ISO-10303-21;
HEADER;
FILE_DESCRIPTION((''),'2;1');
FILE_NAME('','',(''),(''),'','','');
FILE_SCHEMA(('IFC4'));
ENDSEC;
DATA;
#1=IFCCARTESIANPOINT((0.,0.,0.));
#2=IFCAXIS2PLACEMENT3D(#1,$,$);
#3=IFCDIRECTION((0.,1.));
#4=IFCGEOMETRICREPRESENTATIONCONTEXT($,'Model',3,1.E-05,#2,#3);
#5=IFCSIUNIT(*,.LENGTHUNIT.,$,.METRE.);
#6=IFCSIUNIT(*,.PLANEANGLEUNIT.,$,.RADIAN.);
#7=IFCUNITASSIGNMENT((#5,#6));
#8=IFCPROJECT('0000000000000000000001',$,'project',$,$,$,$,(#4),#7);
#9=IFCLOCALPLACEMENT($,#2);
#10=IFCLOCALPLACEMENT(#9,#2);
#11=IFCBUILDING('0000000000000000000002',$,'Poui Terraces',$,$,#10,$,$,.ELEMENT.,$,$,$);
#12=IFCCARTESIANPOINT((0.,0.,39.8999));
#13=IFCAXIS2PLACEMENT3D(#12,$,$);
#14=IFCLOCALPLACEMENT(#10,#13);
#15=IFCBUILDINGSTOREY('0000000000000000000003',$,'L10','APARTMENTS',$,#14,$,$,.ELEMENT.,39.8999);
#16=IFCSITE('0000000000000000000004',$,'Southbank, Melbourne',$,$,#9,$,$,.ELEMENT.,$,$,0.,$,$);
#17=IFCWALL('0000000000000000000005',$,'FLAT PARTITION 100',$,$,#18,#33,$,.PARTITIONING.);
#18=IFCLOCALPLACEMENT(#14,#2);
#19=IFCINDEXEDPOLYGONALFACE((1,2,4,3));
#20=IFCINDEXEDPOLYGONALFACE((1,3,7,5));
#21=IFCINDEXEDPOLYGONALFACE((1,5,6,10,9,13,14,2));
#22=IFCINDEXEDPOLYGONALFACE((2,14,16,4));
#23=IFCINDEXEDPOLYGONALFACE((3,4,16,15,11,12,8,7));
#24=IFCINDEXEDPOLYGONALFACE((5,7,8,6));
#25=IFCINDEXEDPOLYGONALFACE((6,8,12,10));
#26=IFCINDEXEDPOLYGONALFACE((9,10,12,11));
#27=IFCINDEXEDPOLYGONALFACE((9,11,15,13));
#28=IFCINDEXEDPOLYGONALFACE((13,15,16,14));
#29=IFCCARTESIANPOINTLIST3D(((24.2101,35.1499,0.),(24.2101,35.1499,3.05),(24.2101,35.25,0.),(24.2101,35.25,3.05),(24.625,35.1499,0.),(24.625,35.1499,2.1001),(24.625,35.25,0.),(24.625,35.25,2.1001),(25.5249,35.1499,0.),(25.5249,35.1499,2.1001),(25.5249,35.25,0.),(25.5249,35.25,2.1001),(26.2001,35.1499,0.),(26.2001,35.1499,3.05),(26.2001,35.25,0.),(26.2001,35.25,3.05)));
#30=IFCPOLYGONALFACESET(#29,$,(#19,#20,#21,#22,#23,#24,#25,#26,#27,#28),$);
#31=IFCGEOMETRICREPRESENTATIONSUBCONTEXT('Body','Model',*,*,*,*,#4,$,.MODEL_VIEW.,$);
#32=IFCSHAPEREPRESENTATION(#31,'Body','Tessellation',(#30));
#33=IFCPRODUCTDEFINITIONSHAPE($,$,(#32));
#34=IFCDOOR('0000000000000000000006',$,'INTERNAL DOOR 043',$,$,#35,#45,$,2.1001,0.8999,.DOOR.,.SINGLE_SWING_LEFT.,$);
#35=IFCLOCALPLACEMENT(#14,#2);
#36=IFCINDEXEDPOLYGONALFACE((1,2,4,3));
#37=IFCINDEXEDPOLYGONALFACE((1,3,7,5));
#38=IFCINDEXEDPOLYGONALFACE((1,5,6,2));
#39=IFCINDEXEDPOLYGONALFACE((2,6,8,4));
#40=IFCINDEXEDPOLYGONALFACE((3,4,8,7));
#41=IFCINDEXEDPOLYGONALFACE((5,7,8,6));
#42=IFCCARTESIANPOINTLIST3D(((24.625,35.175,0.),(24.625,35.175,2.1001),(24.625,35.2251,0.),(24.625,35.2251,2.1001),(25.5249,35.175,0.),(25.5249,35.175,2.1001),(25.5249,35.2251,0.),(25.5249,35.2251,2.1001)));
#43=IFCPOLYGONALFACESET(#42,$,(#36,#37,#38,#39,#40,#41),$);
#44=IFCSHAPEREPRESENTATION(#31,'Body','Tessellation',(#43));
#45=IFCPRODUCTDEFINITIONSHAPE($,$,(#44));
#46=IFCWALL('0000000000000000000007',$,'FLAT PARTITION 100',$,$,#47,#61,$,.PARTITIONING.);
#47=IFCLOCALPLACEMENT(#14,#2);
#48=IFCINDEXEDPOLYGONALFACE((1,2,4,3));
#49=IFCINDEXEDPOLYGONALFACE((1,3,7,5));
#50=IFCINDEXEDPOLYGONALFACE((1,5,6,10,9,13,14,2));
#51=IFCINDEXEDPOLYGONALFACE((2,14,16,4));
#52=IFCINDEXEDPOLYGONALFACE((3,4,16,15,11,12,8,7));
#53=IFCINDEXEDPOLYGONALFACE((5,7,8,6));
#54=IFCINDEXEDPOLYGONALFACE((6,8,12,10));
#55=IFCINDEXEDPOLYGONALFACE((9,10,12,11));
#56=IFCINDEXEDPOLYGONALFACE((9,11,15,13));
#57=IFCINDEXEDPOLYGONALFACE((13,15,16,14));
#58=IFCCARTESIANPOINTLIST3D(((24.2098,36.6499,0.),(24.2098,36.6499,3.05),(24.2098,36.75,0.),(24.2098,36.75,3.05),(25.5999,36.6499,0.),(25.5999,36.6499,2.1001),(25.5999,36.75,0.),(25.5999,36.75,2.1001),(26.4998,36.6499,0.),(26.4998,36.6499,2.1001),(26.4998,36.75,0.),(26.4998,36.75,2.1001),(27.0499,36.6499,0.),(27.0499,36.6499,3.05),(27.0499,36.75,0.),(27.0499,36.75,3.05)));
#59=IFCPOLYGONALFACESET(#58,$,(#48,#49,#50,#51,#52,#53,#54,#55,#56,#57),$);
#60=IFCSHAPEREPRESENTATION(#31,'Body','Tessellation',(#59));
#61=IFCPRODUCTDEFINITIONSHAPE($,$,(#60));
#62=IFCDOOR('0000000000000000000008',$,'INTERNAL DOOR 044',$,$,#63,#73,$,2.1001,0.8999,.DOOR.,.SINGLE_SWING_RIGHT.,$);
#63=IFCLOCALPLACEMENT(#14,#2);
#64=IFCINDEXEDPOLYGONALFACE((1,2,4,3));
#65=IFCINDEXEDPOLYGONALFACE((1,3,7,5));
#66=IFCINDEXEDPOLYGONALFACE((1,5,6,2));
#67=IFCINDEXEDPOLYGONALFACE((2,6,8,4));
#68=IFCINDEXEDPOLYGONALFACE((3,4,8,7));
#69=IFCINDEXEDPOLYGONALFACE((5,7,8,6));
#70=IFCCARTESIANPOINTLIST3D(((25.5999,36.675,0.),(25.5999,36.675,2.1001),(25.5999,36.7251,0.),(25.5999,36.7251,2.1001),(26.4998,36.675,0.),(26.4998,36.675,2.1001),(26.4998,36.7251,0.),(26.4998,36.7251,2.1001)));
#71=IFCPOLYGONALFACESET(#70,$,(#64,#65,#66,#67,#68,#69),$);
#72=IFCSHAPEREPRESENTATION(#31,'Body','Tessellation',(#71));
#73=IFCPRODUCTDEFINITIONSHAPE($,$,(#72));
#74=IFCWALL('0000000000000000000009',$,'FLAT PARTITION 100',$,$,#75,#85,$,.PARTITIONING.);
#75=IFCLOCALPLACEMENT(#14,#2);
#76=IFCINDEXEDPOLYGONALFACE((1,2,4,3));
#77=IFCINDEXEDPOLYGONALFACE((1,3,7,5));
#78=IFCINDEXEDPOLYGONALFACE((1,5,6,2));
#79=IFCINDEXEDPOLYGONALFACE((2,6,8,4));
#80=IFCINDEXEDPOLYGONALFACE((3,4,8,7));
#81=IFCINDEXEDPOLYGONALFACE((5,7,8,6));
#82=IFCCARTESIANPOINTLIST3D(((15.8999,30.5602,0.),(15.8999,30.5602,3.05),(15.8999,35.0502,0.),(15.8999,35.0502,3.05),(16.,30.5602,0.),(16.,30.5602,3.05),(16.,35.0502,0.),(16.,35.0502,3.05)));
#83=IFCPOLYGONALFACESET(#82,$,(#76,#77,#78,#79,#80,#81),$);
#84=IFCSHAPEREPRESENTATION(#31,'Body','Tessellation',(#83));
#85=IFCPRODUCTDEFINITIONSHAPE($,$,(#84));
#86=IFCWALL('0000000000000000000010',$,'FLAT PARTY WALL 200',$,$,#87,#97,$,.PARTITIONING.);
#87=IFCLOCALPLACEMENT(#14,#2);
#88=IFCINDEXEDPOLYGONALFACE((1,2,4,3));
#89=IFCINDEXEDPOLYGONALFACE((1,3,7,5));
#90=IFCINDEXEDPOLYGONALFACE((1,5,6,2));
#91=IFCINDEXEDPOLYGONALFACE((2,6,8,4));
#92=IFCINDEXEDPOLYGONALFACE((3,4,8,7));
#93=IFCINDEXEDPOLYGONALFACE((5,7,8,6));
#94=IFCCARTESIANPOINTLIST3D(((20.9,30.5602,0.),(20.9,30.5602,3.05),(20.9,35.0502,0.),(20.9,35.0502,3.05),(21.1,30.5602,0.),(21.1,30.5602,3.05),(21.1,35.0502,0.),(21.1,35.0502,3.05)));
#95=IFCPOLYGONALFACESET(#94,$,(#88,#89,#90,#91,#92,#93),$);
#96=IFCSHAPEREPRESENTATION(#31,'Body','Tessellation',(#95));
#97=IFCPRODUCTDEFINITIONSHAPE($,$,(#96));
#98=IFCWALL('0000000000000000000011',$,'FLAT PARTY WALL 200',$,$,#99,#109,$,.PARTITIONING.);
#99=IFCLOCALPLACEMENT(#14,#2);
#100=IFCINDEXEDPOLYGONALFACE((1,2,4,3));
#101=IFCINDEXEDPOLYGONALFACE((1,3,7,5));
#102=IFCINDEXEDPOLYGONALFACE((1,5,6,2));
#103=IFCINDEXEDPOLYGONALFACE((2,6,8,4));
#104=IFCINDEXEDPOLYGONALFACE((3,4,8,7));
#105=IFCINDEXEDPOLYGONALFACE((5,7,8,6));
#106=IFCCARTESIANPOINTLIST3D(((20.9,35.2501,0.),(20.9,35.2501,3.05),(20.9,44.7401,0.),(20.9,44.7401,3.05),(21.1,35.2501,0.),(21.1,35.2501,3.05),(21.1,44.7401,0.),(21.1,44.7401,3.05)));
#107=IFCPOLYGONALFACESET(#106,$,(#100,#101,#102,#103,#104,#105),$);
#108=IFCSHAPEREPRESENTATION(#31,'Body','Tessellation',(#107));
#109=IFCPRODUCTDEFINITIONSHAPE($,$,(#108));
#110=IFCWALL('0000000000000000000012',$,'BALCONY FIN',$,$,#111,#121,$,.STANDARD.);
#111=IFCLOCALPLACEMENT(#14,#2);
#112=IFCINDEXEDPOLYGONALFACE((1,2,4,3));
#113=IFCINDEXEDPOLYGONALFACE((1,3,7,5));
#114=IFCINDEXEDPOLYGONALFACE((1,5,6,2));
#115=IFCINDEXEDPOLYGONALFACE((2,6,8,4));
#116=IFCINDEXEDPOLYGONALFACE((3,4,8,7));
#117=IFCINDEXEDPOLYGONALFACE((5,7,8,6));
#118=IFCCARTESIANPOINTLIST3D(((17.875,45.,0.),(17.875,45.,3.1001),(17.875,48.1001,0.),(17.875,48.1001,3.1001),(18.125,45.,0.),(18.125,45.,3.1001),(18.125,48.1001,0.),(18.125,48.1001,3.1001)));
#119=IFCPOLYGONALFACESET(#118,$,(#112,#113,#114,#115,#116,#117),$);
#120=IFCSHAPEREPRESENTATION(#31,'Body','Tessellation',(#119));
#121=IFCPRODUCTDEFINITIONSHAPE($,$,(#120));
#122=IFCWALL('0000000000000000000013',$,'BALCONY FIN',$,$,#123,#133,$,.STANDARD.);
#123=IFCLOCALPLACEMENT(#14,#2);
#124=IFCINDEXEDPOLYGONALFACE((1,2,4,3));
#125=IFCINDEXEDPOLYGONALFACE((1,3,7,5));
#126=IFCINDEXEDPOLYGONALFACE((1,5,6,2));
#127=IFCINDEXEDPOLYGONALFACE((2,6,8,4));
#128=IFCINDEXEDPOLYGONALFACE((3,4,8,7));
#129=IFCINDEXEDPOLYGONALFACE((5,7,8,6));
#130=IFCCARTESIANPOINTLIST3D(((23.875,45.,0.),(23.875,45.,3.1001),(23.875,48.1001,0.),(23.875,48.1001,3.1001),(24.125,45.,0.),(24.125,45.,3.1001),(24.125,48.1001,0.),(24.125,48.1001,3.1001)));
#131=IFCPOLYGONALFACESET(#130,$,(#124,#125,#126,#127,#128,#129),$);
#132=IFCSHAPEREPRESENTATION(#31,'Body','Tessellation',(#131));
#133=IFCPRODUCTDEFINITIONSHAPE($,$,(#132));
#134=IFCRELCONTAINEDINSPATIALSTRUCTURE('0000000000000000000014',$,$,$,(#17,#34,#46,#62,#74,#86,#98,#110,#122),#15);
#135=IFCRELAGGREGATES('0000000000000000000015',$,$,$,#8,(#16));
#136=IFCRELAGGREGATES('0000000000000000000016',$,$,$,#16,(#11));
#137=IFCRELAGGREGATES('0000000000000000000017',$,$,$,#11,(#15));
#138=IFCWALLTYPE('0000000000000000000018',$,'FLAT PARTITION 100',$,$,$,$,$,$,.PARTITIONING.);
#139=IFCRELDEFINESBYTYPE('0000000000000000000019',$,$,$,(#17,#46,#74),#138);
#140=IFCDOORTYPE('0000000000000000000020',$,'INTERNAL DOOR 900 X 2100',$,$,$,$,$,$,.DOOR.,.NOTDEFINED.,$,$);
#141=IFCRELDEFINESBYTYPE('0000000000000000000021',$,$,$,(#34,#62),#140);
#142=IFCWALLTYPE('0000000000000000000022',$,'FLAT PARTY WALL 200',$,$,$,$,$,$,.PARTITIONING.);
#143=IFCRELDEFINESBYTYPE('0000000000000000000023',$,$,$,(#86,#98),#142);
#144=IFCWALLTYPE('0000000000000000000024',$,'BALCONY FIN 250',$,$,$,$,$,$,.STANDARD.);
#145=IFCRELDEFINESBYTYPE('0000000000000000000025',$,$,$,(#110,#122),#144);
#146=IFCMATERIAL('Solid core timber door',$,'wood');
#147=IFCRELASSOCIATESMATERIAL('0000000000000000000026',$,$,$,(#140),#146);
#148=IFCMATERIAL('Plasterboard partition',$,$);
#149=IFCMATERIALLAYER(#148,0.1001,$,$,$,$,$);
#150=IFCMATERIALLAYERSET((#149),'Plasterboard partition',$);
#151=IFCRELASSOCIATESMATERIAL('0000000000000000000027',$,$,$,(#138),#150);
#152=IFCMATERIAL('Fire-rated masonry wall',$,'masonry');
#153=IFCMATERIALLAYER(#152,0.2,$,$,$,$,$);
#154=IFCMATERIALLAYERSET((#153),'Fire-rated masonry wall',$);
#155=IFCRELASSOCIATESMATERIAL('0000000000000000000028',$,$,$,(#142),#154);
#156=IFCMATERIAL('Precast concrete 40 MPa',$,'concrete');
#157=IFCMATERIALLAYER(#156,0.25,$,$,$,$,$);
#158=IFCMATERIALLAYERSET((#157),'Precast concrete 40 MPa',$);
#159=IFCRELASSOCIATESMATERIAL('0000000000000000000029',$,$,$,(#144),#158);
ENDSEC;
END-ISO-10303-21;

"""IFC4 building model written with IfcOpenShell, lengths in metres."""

from ifc_helpers import new_model, si_unit, direction, frame, frame_2d, origin, place, context, subcontext, project, spatial, polyline, rectangle, outline, extrude, source, transform, mapped, material, layer, layer_set, type_object, element, fill, save


model = new_model("IFC4")

# Units and contexts
model_context = context("Model", 3, precision=1e-05, world=origin(), true_north=direction((0.0, 1.0)))
body_context = subcontext(model_context, "Body", "Model", "MODEL_VIEW")
ifc_project = project(units=[si_unit("LENGTHUNIT", "METRE"), si_unit("PLANEANGLEUNIT", "RADIAN")], contexts=[model_context])

# Site, building, storey
site_placement = place(None, origin())
site = spatial("IfcSite", under=ifc_project, at=site_placement, Name="Southbank, Melbourne", CompositionType="ELEMENT", RefElevation=0.0)
building_placement = place(site_placement, origin())
building = spatial("IfcBuilding", under=site, at=building_placement, Name="Poui Terraces", CompositionType="ELEMENT")
storey_placement = place(building_placement, frame((0.0, 0.0, 39.8999)))
storey = spatial("IfcBuildingStorey", under=building, at=storey_placement, Name="L10", Description="APARTMENTS", CompositionType="ELEMENT", Elevation=39.8999)

# Walls, openings, doors
ifc_material_1 = material(Name="Solid core timber door", Category="wood")
door_type_1 = type_object("IfcDoorType", Name="INTERNAL DOOR 900 X 2100", OperationType="NOTDEFINED", PredefinedType="DOOR", material=ifc_material_1)
ifc_material_2 = material(Name="Plasterboard partition")
ifc_layer_1 = layer(ifc_material_2, 0.1001)
ifc_layer_set_1 = layer_set([ifc_layer_1], Name="Plasterboard partition")
wall_type_1 = type_object("IfcWallType", Name="FLAT PARTITION 100", PredefinedType="PARTITIONING", material=ifc_layer_set_1)
wall_1_placement = place(storey_placement, frame((24.21, 35.2, 0.0), z_axis=(0.0, 0.0, 1.0), x_axis=(1.0, 0.0, 0.0)))
wall_1 = element("IfcWall", 1, at=wall_1_placement, inside=storey, type_object=wall_type_1, Name="FLAT PARTITION 100", PredefinedType="PARTITIONING", context=body_context, shape_type="SweptSolid", body=[
    extrude(rectangle(XDim=1.99, YDim=0.1001, at=frame_2d((0.9951, 0.0))), origin(), (0.0, 0.0, 1.0), 3.05),
])
opening_1_placement = place(wall_1_placement, frame((0.415, 0.0, 0.0)))
opening_1 = element("IfcOpeningElement", 2, at=opening_1_placement, cuts=wall_1, PredefinedType="OPENING", context=body_context, shape_type="SweptSolid", body=[
    extrude(rectangle(XDim=0.8999, YDim=2.1001, at=frame_2d((0.45, 1.05))), frame((0.0, 0.0601, 0.0), z_axis=(0.0, -1.0, 0.0), x_axis=(1.0, 0.0, 0.0)), (0.0, 0.0, 1.0), 0.1201),
])
door_1_placement = place(opening_1_placement, frame((0.8999, 0.0, 0.0), z_axis=(0.0, 0.0, 1.0), x_axis=(-1.0, 0.0, 0.0)))
door_1 = element("IfcDoor", 3, at=door_1_placement, inside=storey, type_object=door_type_1, Name="INTERNAL DOOR 043", OperationType="SINGLE_SWING_LEFT", OverallHeight=2.1001, OverallWidth=0.8999, PredefinedType="DOOR", context=body_context, shape_type="SweptSolid", body=[
    extrude(rectangle(XDim=0.8999, YDim=2.1001, at=frame_2d((0.45, 1.05))), frame((0.0, 0.0249, 0.0), z_axis=(0.0, -1.0, 0.0), x_axis=(1.0, 0.0, 0.0)), (0.0, 0.0, 1.0), 0.05),
])
fill(opening_1, door_1)
wall_2_placement = place(storey_placement, frame((24.21, 36.7, 0.0), z_axis=(0.0, 0.0, 1.0), x_axis=(1.0, 0.0, 0.0)))
wall_2 = element("IfcWall", 4, at=wall_2_placement, inside=storey, type_object=wall_type_1, Name="FLAT PARTITION 100", PredefinedType="PARTITIONING", context=body_context, shape_type="SweptSolid", body=[
    extrude(rectangle(XDim=2.8401, YDim=0.1001, at=frame_2d((1.4199, 0.0))), origin(), (0.0, 0.0, 1.0), 3.05),
])
opening_2_placement = place(wall_2_placement, frame((1.3899, 0.0, 0.0)))
opening_2 = element("IfcOpeningElement", 5, at=opening_2_placement, cuts=wall_2, PredefinedType="OPENING", context=body_context, shape_type="SweptSolid", body=[
    extrude(rectangle(XDim=0.8999, YDim=2.1001, at=frame_2d((0.45, 1.05))), frame((0.0, 0.0601, 0.0), z_axis=(0.0, -1.0, 0.0), x_axis=(1.0, 0.0, 0.0)), (0.0, 0.0, 1.0), 0.1201),
])
door_2_placement = place(opening_2_placement, frame((0.8999, 0.0, 0.0), z_axis=(0.0, 0.0, 1.0), x_axis=(-1.0, 0.0, 0.0)))
door_2 = element("IfcDoor", 6, at=door_2_placement, inside=storey, type_object=door_type_1, Name="INTERNAL DOOR 044", OperationType="SINGLE_SWING_RIGHT", OverallHeight=2.1001, OverallWidth=0.8999, PredefinedType="DOOR", context=body_context, shape_type="SweptSolid", body=[
    extrude(rectangle(XDim=0.8999, YDim=2.1001, at=frame_2d((0.45, 1.05))), frame((0.0, 0.0249, 0.0), z_axis=(0.0, -1.0, 0.0), x_axis=(1.0, 0.0, 0.0)), (0.0, 0.0, 1.0), 0.05),
])
fill(opening_2, door_2)

# Walls
wall_3_placement = place(storey_placement, frame((15.95, 30.5601, 0.0), z_axis=(0.0, 0.0, 1.0), x_axis=(0.0, 1.0, 0.0)))
element("IfcWall", 7, at=wall_3_placement, inside=storey, type_object=wall_type_1, Name="FLAT PARTITION 100", PredefinedType="PARTITIONING", context=body_context, shape_type="SweptSolid", body=[
    extrude(rectangle(XDim=4.49, YDim=0.1001, at=frame_2d((2.2451, 0.0))), origin(), (0.0, 0.0, 1.0), 3.05),
])
ifc_material_3 = material(Name="Fire-rated masonry wall", Category="masonry")
ifc_layer_2 = layer(ifc_material_3, 0.2)
ifc_layer_set_2 = layer_set([ifc_layer_2], Name="Fire-rated masonry wall")
wall_type_2 = type_object("IfcWallType", Name="FLAT PARTY WALL 200", PredefinedType="PARTITIONING", material=ifc_layer_set_2)
wall_4_placement = place(storey_placement, frame((21.0, 30.5601, 0.0), z_axis=(0.0, 0.0, 1.0), x_axis=(0.0, 1.0, 0.0)))
element("IfcWall", 8, at=wall_4_placement, inside=storey, type_object=wall_type_2, Name="FLAT PARTY WALL 200", PredefinedType="PARTITIONING", context=body_context, shape_type="SweptSolid", body=[
    extrude(rectangle(XDim=4.49, YDim=0.2, at=frame_2d((2.2451, 0.0))), origin(), (0.0, 0.0, 1.0), 3.05),
])
wall_5_placement = place(storey_placement, frame((21.0, 35.25, 0.0), z_axis=(0.0, 0.0, 1.0), x_axis=(0.0, 1.0, 0.0)))
element("IfcWall", 9, at=wall_5_placement, inside=storey, type_object=wall_type_2, Name="FLAT PARTY WALL 200", PredefinedType="PARTITIONING", context=body_context, shape_type="SweptSolid", body=[
    extrude(rectangle(XDim=9.49, YDim=0.2, at=frame_2d((4.7451, 0.0))), origin(), (0.0, 0.0, 1.0), 3.05),
])
ifc_material_4 = material(Name="Precast concrete 40 MPa", Category="concrete")
ifc_layer_3 = layer(ifc_material_4, 0.25)
ifc_layer_set_3 = layer_set([ifc_layer_3], Name="Precast concrete 40 MPa")
wall_type_3 = type_object("IfcWallType", Name="BALCONY FIN 250", PredefinedType="STANDARD", material=ifc_layer_set_3)
shared_shape_1 = source(origin(), body_context, "Body", "SweptSolid", [
    extrude(outline(polyline([(0.0, 0.0), (0.25, 0.0), (0.25, 3.1001), (0.0, 3.1001), (0.0, 0.0)])), origin(), (0.0, 0.0, 1.0), 3.1001),
])
for number, where, name in (
    (10, (17.875, 45.0, 0.0), "BALCONY FIN"),
    (11, (23.875, 45.0, 0.0), "BALCONY FIN"),
):
    element("IfcWall", number, at=place(storey_placement, frame(where)), inside=storey, type_object=wall_type_3, Name=name, PredefinedType="STANDARD", context=body_context, shape_type="MappedRepresentation", body=[
        mapped(shared_shape_1, transform((0.0, 0.0, 0.0))),
    ])

save(model, "model.ifc")
